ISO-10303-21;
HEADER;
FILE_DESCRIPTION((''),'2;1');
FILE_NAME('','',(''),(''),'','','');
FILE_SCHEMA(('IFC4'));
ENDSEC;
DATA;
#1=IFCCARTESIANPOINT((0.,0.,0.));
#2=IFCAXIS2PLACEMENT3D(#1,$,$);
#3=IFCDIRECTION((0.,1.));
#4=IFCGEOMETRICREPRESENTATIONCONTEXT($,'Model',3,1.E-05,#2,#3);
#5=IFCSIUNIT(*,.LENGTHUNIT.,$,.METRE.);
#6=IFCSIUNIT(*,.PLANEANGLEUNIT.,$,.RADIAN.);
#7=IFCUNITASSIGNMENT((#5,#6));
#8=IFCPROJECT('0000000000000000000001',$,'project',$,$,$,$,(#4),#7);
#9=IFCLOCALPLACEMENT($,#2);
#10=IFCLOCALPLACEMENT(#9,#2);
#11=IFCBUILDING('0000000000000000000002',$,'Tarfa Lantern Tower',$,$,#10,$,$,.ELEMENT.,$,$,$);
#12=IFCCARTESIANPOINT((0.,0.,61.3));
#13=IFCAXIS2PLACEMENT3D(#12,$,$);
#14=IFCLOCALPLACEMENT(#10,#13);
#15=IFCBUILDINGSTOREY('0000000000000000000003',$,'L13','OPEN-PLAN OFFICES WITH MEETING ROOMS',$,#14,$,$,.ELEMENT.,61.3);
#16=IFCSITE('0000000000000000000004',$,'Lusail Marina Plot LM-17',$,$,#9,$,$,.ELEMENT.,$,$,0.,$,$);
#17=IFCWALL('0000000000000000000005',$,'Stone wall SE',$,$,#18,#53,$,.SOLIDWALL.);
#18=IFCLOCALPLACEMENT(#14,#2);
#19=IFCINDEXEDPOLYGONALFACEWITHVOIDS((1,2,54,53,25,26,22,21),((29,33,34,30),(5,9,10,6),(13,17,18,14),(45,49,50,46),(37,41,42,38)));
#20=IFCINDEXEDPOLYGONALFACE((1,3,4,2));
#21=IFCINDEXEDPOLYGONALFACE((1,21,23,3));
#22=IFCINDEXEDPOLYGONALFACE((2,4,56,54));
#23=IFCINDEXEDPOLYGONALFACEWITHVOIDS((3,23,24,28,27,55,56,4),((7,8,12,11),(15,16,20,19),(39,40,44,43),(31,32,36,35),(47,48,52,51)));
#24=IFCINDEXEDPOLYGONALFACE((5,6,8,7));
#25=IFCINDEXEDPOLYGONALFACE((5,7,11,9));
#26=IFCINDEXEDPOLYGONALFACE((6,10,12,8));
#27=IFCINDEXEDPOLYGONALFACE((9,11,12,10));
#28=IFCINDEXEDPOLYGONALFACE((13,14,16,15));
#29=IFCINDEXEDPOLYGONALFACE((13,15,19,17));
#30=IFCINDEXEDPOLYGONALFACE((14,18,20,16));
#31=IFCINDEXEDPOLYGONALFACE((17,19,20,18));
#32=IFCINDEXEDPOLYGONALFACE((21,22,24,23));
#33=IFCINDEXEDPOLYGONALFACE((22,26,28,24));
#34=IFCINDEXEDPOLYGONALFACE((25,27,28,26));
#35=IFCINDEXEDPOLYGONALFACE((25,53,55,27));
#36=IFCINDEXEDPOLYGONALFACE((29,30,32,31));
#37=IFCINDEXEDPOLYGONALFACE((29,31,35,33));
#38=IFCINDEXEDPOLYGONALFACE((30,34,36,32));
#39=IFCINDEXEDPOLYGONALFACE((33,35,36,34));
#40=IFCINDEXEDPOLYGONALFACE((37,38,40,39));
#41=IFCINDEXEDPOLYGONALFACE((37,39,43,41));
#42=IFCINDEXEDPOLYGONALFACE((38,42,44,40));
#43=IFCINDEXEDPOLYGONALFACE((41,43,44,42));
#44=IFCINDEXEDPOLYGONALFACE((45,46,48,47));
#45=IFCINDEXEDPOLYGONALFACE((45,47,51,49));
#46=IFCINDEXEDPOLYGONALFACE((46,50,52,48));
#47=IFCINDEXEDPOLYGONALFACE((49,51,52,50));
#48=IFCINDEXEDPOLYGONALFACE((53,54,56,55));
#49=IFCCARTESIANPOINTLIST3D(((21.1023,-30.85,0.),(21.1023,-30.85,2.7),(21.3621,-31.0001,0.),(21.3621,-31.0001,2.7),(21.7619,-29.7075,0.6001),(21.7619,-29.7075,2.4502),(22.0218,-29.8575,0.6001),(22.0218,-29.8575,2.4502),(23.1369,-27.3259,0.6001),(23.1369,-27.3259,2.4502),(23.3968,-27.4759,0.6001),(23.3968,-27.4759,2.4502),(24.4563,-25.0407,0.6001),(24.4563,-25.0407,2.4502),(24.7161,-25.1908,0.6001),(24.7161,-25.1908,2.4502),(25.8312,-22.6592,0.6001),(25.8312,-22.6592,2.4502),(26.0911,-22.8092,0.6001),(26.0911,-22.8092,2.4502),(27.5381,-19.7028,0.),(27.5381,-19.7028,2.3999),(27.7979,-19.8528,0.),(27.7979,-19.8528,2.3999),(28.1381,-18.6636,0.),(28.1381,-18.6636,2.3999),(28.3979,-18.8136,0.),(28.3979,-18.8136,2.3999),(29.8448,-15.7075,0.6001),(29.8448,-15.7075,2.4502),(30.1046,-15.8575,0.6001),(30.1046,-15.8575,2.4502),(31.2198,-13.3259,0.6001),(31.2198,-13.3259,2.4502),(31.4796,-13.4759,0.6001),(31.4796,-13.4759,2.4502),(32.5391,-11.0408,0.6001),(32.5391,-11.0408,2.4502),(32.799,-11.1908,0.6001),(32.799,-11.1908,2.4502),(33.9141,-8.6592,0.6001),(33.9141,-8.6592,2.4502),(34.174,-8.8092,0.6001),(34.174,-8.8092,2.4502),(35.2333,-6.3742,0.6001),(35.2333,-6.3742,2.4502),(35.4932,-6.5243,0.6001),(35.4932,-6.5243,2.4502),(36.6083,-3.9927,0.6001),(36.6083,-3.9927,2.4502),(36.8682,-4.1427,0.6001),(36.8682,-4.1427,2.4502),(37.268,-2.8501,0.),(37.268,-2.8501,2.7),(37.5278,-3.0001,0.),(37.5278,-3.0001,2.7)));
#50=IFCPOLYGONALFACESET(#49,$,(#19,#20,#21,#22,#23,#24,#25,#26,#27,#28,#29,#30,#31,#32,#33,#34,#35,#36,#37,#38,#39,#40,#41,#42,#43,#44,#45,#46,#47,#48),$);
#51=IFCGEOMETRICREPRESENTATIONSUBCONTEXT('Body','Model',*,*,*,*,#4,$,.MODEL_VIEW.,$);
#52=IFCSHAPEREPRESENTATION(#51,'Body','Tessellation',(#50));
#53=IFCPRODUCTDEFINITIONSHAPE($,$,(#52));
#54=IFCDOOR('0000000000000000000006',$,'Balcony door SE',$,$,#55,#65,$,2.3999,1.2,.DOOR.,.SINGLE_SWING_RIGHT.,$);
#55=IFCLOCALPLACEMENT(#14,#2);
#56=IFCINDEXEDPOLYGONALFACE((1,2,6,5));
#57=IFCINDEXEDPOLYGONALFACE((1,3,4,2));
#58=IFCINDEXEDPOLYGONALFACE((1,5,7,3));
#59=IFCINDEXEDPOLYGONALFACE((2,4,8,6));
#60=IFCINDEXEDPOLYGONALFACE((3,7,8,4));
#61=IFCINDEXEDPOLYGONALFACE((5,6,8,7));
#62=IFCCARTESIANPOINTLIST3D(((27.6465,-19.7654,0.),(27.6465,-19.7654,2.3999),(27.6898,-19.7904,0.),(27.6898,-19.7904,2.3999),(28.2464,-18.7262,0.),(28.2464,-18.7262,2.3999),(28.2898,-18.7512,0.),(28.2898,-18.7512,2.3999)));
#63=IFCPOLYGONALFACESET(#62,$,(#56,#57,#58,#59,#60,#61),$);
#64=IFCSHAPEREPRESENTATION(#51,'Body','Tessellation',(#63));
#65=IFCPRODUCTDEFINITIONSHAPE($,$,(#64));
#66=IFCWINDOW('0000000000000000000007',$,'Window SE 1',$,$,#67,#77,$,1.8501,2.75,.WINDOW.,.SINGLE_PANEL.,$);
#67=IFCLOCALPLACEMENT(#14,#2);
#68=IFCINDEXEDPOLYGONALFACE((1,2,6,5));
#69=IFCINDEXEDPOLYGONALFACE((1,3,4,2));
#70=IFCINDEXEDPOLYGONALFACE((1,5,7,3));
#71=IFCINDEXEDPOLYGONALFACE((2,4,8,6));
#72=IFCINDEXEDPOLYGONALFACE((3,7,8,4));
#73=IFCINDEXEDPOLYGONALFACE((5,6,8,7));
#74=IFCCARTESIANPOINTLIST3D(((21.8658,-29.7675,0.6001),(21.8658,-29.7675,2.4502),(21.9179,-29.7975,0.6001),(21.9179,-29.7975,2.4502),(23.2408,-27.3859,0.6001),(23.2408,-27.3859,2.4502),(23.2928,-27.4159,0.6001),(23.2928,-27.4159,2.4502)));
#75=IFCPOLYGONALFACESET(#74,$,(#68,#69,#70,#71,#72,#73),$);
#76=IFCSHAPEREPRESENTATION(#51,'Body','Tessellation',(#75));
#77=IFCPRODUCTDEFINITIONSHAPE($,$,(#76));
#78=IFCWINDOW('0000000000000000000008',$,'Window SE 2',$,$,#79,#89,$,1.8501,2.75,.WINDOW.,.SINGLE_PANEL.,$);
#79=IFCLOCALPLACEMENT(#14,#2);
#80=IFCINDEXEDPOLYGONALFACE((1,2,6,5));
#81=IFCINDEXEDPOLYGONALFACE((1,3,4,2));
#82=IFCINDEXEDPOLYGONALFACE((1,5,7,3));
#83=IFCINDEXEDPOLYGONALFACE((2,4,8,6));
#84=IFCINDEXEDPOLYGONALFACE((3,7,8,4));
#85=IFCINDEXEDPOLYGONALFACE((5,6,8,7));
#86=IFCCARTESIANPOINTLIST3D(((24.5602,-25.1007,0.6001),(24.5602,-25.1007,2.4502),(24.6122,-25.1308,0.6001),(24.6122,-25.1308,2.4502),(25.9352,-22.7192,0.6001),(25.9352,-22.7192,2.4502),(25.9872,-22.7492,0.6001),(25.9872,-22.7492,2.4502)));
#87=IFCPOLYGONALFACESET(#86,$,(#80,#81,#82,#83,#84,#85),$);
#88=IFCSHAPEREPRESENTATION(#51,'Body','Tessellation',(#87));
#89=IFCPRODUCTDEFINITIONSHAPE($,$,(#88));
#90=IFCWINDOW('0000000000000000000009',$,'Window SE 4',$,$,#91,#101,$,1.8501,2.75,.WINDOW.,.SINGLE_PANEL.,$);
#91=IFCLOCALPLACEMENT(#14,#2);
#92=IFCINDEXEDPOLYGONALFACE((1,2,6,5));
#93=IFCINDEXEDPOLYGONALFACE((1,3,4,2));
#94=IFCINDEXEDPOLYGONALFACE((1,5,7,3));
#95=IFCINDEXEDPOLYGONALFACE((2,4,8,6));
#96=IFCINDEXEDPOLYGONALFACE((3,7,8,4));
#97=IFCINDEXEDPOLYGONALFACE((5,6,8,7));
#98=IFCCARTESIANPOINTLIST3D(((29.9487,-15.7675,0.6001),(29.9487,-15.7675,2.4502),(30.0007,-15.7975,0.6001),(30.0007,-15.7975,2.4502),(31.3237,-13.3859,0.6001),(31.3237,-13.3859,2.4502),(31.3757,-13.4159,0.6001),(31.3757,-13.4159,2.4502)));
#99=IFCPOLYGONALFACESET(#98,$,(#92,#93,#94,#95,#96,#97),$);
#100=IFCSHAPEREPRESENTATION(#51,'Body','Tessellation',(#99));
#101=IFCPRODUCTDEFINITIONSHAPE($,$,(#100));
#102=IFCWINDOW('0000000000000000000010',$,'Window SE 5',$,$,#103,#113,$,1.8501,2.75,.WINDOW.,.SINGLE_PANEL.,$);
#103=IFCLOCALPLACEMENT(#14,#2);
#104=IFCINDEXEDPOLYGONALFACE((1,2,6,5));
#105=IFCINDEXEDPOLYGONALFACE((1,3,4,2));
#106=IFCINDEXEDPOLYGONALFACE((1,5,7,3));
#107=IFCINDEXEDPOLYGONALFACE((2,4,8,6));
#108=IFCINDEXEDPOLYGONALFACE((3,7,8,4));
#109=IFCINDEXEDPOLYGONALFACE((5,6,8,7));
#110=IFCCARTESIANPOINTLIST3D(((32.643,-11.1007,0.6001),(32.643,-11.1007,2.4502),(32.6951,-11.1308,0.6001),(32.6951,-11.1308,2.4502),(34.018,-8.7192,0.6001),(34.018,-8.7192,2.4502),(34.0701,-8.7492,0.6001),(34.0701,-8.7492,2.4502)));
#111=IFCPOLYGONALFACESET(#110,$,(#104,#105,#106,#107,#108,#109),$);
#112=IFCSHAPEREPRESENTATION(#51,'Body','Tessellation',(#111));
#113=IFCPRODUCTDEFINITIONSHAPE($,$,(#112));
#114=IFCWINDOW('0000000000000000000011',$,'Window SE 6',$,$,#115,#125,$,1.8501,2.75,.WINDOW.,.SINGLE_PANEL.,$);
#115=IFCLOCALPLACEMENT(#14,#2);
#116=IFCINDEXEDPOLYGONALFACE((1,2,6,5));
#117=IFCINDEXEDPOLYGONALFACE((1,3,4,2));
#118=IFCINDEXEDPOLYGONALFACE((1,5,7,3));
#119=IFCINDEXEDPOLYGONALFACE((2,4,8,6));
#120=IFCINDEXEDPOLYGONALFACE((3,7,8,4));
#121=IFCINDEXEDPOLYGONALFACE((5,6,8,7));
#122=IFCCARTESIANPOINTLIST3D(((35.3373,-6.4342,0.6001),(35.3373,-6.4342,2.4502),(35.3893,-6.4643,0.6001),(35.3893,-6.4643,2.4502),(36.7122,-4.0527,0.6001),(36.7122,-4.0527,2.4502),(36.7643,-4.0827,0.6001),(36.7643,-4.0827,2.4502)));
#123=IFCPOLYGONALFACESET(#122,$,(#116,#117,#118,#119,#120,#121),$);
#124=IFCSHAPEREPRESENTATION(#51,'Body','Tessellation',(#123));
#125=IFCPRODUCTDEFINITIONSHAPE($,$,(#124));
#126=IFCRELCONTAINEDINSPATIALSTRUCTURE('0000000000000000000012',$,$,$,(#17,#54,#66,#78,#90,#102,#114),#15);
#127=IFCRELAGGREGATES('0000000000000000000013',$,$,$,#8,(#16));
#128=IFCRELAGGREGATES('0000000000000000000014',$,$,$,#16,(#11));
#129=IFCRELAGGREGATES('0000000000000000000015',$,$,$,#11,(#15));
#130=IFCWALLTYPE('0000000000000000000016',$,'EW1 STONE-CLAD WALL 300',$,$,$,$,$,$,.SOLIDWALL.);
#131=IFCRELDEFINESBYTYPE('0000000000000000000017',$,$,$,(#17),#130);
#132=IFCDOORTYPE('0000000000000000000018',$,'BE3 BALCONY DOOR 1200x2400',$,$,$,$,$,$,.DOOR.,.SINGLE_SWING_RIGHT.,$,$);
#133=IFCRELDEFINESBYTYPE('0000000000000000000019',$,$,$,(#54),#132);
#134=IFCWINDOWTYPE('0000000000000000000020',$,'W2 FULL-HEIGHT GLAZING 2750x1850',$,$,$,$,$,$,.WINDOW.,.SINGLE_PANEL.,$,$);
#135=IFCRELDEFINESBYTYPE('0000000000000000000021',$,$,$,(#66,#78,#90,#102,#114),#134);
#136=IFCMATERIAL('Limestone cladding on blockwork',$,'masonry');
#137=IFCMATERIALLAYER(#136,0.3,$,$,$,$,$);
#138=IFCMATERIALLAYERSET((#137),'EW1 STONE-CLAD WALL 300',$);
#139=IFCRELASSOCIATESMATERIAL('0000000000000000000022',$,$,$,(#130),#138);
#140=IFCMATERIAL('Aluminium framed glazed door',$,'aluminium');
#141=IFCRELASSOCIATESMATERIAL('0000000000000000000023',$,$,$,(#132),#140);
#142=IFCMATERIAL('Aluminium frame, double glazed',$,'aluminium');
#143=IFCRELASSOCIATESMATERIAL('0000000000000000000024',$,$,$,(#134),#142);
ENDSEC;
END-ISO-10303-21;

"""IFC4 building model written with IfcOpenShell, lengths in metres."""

from ifc_helpers import new_model, si_unit, direction, frame, frame_2d, origin, place, context, subcontext, project, spatial, rectangle, extrude, material, layer, layer_set, type_object, element, fill, save


model = new_model("IFC4")

# Units and contexts
model_context = context("Model", 3, precision=1e-05, world=origin(), true_north=direction((0.0, 1.0)))
body_context = subcontext(model_context, "Body", "Model", "MODEL_VIEW")
ifc_project = project(units=[si_unit("LENGTHUNIT", "METRE"), si_unit("PLANEANGLEUNIT", "RADIAN")], contexts=[model_context])

# Site, building, storey
site_placement = place(None, origin())
site = spatial("IfcSite", under=ifc_project, at=site_placement, Name="Lusail Marina Plot LM-17", CompositionType="ELEMENT", RefElevation=0.0)
building_placement = place(site_placement, origin())
building = spatial("IfcBuilding", under=site, at=building_placement, Name="Tarfa Lantern Tower", CompositionType="ELEMENT")
storey_placement = place(building_placement, frame((0.0, 0.0, 61.3)))
storey = spatial("IfcBuildingStorey", under=building, at=storey_placement, Name="L13", Description="OPEN-PLAN OFFICES WITH MEETING ROOMS", CompositionType="ELEMENT", Elevation=61.3)

# Wall, openings, door, windows
ifc_material_1 = material(Name="Limestone cladding on blockwork", Category="masonry")
ifc_layer = layer(ifc_material_1, 0.3)
ifc_layer_set = layer_set([ifc_layer], Name="EW1 STONE-CLAD WALL 300")
wall_type = type_object("IfcWallType", Name="EW1 STONE-CLAD WALL 300", PredefinedType="SOLIDWALL", material=ifc_layer_set)
wall_placement = place(storey_placement, frame((21.2322, -30.925, 0.0), z_axis=(0.0, 0.0, 1.0), x_axis=(0.499999, 0.866026, 0.0)))
wall = element("IfcWall", 1, at=wall_placement, inside=storey, type_object=wall_type, Name="Stone wall SE", PredefinedType="SOLIDWALL", context=body_context, shape_type="SweptSolid", body=[
    extrude(rectangle(XDim=32.3315, YDim=0.3, at=frame_2d((16.1658, 0.0))), origin(), (0.0, 0.0, 1.0), 2.7),
])
opening_1_placement = place(wall_placement, frame((1.3193, 0.0, 0.6001)))
opening_1 = element("IfcOpeningElement", 2, at=opening_1_placement, cuts=wall, PredefinedType="OPENING", context=body_context, shape_type="SweptSolid", body=[
    extrude(rectangle(XDim=2.75, YDim=1.8501, at=frame_2d((1.375, 0.925))), frame((0.0, 0.1599, 0.0), z_axis=(0.0, -1.0, 0.0), x_axis=(1.0, 0.0, 0.0)), (0.0, 0.0, 1.0), 0.3201),
])
opening_2_placement = place(wall_placement, frame((6.708, 0.0, 0.6001)))
opening_2 = element("IfcOpeningElement", 3, at=opening_2_placement, cuts=wall, PredefinedType="OPENING", context=body_context, shape_type="SweptSolid", body=[
    extrude(rectangle(XDim=2.75, YDim=1.8501, at=frame_2d((1.375, 0.925))), frame((0.0, 0.1599, 0.0), z_axis=(0.0, -1.0, 0.0), x_axis=(1.0, 0.0, 0.0)), (0.0, 0.0, 1.0), 0.3201),
])
opening_3_placement = place(wall_placement, frame((12.8716, 0.0, 0.0)))
opening_3 = element("IfcOpeningElement", 4, at=opening_3_placement, cuts=wall, PredefinedType="OPENING", context=body_context, shape_type="SweptSolid", body=[
    extrude(rectangle(XDim=1.2, YDim=2.3999, at=frame_2d((0.6001, 1.2))), frame((0.0, 0.1599, 0.0), z_axis=(0.0, -1.0, 0.0), x_axis=(1.0, 0.0, 0.0)), (0.0, 0.0, 1.0), 0.3201),
])
opening_4_placement = place(wall_placement, frame((17.4851, 0.0, 0.6001)))
opening_4 = element("IfcOpeningElement", 5, at=opening_4_placement, cuts=wall, PredefinedType="OPENING", context=body_context, shape_type="SweptSolid", body=[
    extrude(rectangle(XDim=2.75, YDim=1.8501, at=frame_2d((1.375, 0.925))), frame((0.0, 0.1599, 0.0), z_axis=(0.0, -1.0, 0.0), x_axis=(1.0, 0.0, 0.0)), (0.0, 0.0, 1.0), 0.3201),
])
opening_5_placement = place(wall_placement, frame((22.8738, 0.0, 0.6001)))
opening_5 = element("IfcOpeningElement", 6, at=opening_5_placement, cuts=wall, PredefinedType="OPENING", context=body_context, shape_type="SweptSolid", body=[
    extrude(rectangle(XDim=2.75, YDim=1.8501, at=frame_2d((1.375, 0.925))), frame((0.0, 0.1599, 0.0), z_axis=(0.0, -1.0, 0.0), x_axis=(1.0, 0.0, 0.0)), (0.0, 0.0, 1.0), 0.3201),
])
opening_6_placement = place(wall_placement, frame((28.2622, 0.0, 0.6001)))
opening_6 = element("IfcOpeningElement", 7, at=opening_6_placement, cuts=wall, PredefinedType="OPENING", context=body_context, shape_type="SweptSolid", body=[
    extrude(rectangle(XDim=2.75, YDim=1.8501, at=frame_2d((1.375, 0.925))), frame((0.0, 0.1599, 0.0), z_axis=(0.0, -1.0, 0.0), x_axis=(1.0, 0.0, 0.0)), (0.0, 0.0, 1.0), 0.3201),
])
ifc_material_2 = material(Name="Aluminium framed glazed door", Category="aluminium")
door_type = type_object("IfcDoorType", Name="BE3 BALCONY DOOR 1200x2400", OperationType="SINGLE_SWING_RIGHT", PredefinedType="DOOR", material=ifc_material_2)
door_placement = place(opening_3_placement, origin())
door = element("IfcDoor", 8, at=door_placement, inside=storey, type_object=door_type, Name="Balcony door SE", OperationType="SINGLE_SWING_RIGHT", OverallHeight=2.3999, OverallWidth=1.2, PredefinedType="DOOR", context=body_context, shape_type="SweptSolid", body=[
    extrude(rectangle(XDim=1.2, YDim=2.3999, at=frame_2d((0.6001, 1.2))), frame((0.0, 0.0249, 0.0), z_axis=(0.0, -1.0, 0.0), x_axis=(1.0, 0.0, 0.0)), (0.0, 0.0, 1.0), 0.05),
])
fill(opening_3, door)
ifc_material_3 = material(Name="Aluminium frame, double glazed", Category="aluminium")
window_type = type_object("IfcWindowType", Name="W2 FULL-HEIGHT GLAZING 2750x1850", PartitioningType="SINGLE_PANEL", PredefinedType="WINDOW", material=ifc_material_3)
window_1_placement = place(opening_1_placement, origin())
window_1 = element("IfcWindow", 9, at=window_1_placement, inside=storey, type_object=window_type, Name="Window SE 1", OverallHeight=1.8501, OverallWidth=2.75, PartitioningType="SINGLE_PANEL", PredefinedType="WINDOW", context=body_context, shape_type="SweptSolid", body=[
    extrude(rectangle(XDim=2.75, YDim=1.8501, at=frame_2d((1.375, 0.925))), frame((0.0, 0.03, 0.0), z_axis=(0.0, -1.0, 0.0), x_axis=(1.0, 0.0, 0.0)), (0.0, 0.0, 1.0), 0.0601),
])
fill(opening_1, window_1)
window_2_placement = place(opening_2_placement, origin())
window_2 = element("IfcWindow", 10, at=window_2_placement, inside=storey, type_object=window_type, Name="Window SE 2", OverallHeight=1.8501, OverallWidth=2.75, PartitioningType="SINGLE_PANEL", PredefinedType="WINDOW", context=body_context, shape_type="SweptSolid", body=[
    extrude(rectangle(XDim=2.75, YDim=1.8501, at=frame_2d((1.375, 0.925))), frame((0.0, 0.03, 0.0), z_axis=(0.0, -1.0, 0.0), x_axis=(1.0, 0.0, 0.0)), (0.0, 0.0, 1.0), 0.0601),
])
fill(opening_2, window_2)
window_3_placement = place(opening_4_placement, origin())
window_3 = element("IfcWindow", 11, at=window_3_placement, inside=storey, type_object=window_type, Name="Window SE 4", OverallHeight=1.8501, OverallWidth=2.75, PartitioningType="SINGLE_PANEL", PredefinedType="WINDOW", context=body_context, shape_type="SweptSolid", body=[
    extrude(rectangle(XDim=2.75, YDim=1.8501, at=frame_2d((1.375, 0.925))), frame((0.0, 0.03, 0.0), z_axis=(0.0, -1.0, 0.0), x_axis=(1.0, 0.0, 0.0)), (0.0, 0.0, 1.0), 0.0601),
])
fill(opening_4, window_3)
window_4_placement = place(opening_5_placement, origin())
window_4 = element("IfcWindow", 12, at=window_4_placement, inside=storey, type_object=window_type, Name="Window SE 5", OverallHeight=1.8501, OverallWidth=2.75, PartitioningType="SINGLE_PANEL", PredefinedType="WINDOW", context=body_context, shape_type="SweptSolid", body=[
    extrude(rectangle(XDim=2.75, YDim=1.8501, at=frame_2d((1.375, 0.925))), frame((0.0, 0.03, 0.0), z_axis=(0.0, -1.0, 0.0), x_axis=(1.0, 0.0, 0.0)), (0.0, 0.0, 1.0), 0.0601),
])
fill(opening_5, window_4)
window_5_placement = place(opening_6_placement, origin())
window_5 = element("IfcWindow", 13, at=window_5_placement, inside=storey, type_object=window_type, Name="Window SE 6", OverallHeight=1.8501, OverallWidth=2.75, PartitioningType="SINGLE_PANEL", PredefinedType="WINDOW", context=body_context, shape_type="SweptSolid", body=[
    extrude(rectangle(XDim=2.75, YDim=1.8501, at=frame_2d((1.375, 0.925))), frame((0.0, 0.03, 0.0), z_axis=(0.0, -1.0, 0.0), x_axis=(1.0, 0.0, 0.0)), (0.0, 0.0, 1.0), 0.0601),
])
fill(opening_6, window_5)

save(model, "model.ifc")
